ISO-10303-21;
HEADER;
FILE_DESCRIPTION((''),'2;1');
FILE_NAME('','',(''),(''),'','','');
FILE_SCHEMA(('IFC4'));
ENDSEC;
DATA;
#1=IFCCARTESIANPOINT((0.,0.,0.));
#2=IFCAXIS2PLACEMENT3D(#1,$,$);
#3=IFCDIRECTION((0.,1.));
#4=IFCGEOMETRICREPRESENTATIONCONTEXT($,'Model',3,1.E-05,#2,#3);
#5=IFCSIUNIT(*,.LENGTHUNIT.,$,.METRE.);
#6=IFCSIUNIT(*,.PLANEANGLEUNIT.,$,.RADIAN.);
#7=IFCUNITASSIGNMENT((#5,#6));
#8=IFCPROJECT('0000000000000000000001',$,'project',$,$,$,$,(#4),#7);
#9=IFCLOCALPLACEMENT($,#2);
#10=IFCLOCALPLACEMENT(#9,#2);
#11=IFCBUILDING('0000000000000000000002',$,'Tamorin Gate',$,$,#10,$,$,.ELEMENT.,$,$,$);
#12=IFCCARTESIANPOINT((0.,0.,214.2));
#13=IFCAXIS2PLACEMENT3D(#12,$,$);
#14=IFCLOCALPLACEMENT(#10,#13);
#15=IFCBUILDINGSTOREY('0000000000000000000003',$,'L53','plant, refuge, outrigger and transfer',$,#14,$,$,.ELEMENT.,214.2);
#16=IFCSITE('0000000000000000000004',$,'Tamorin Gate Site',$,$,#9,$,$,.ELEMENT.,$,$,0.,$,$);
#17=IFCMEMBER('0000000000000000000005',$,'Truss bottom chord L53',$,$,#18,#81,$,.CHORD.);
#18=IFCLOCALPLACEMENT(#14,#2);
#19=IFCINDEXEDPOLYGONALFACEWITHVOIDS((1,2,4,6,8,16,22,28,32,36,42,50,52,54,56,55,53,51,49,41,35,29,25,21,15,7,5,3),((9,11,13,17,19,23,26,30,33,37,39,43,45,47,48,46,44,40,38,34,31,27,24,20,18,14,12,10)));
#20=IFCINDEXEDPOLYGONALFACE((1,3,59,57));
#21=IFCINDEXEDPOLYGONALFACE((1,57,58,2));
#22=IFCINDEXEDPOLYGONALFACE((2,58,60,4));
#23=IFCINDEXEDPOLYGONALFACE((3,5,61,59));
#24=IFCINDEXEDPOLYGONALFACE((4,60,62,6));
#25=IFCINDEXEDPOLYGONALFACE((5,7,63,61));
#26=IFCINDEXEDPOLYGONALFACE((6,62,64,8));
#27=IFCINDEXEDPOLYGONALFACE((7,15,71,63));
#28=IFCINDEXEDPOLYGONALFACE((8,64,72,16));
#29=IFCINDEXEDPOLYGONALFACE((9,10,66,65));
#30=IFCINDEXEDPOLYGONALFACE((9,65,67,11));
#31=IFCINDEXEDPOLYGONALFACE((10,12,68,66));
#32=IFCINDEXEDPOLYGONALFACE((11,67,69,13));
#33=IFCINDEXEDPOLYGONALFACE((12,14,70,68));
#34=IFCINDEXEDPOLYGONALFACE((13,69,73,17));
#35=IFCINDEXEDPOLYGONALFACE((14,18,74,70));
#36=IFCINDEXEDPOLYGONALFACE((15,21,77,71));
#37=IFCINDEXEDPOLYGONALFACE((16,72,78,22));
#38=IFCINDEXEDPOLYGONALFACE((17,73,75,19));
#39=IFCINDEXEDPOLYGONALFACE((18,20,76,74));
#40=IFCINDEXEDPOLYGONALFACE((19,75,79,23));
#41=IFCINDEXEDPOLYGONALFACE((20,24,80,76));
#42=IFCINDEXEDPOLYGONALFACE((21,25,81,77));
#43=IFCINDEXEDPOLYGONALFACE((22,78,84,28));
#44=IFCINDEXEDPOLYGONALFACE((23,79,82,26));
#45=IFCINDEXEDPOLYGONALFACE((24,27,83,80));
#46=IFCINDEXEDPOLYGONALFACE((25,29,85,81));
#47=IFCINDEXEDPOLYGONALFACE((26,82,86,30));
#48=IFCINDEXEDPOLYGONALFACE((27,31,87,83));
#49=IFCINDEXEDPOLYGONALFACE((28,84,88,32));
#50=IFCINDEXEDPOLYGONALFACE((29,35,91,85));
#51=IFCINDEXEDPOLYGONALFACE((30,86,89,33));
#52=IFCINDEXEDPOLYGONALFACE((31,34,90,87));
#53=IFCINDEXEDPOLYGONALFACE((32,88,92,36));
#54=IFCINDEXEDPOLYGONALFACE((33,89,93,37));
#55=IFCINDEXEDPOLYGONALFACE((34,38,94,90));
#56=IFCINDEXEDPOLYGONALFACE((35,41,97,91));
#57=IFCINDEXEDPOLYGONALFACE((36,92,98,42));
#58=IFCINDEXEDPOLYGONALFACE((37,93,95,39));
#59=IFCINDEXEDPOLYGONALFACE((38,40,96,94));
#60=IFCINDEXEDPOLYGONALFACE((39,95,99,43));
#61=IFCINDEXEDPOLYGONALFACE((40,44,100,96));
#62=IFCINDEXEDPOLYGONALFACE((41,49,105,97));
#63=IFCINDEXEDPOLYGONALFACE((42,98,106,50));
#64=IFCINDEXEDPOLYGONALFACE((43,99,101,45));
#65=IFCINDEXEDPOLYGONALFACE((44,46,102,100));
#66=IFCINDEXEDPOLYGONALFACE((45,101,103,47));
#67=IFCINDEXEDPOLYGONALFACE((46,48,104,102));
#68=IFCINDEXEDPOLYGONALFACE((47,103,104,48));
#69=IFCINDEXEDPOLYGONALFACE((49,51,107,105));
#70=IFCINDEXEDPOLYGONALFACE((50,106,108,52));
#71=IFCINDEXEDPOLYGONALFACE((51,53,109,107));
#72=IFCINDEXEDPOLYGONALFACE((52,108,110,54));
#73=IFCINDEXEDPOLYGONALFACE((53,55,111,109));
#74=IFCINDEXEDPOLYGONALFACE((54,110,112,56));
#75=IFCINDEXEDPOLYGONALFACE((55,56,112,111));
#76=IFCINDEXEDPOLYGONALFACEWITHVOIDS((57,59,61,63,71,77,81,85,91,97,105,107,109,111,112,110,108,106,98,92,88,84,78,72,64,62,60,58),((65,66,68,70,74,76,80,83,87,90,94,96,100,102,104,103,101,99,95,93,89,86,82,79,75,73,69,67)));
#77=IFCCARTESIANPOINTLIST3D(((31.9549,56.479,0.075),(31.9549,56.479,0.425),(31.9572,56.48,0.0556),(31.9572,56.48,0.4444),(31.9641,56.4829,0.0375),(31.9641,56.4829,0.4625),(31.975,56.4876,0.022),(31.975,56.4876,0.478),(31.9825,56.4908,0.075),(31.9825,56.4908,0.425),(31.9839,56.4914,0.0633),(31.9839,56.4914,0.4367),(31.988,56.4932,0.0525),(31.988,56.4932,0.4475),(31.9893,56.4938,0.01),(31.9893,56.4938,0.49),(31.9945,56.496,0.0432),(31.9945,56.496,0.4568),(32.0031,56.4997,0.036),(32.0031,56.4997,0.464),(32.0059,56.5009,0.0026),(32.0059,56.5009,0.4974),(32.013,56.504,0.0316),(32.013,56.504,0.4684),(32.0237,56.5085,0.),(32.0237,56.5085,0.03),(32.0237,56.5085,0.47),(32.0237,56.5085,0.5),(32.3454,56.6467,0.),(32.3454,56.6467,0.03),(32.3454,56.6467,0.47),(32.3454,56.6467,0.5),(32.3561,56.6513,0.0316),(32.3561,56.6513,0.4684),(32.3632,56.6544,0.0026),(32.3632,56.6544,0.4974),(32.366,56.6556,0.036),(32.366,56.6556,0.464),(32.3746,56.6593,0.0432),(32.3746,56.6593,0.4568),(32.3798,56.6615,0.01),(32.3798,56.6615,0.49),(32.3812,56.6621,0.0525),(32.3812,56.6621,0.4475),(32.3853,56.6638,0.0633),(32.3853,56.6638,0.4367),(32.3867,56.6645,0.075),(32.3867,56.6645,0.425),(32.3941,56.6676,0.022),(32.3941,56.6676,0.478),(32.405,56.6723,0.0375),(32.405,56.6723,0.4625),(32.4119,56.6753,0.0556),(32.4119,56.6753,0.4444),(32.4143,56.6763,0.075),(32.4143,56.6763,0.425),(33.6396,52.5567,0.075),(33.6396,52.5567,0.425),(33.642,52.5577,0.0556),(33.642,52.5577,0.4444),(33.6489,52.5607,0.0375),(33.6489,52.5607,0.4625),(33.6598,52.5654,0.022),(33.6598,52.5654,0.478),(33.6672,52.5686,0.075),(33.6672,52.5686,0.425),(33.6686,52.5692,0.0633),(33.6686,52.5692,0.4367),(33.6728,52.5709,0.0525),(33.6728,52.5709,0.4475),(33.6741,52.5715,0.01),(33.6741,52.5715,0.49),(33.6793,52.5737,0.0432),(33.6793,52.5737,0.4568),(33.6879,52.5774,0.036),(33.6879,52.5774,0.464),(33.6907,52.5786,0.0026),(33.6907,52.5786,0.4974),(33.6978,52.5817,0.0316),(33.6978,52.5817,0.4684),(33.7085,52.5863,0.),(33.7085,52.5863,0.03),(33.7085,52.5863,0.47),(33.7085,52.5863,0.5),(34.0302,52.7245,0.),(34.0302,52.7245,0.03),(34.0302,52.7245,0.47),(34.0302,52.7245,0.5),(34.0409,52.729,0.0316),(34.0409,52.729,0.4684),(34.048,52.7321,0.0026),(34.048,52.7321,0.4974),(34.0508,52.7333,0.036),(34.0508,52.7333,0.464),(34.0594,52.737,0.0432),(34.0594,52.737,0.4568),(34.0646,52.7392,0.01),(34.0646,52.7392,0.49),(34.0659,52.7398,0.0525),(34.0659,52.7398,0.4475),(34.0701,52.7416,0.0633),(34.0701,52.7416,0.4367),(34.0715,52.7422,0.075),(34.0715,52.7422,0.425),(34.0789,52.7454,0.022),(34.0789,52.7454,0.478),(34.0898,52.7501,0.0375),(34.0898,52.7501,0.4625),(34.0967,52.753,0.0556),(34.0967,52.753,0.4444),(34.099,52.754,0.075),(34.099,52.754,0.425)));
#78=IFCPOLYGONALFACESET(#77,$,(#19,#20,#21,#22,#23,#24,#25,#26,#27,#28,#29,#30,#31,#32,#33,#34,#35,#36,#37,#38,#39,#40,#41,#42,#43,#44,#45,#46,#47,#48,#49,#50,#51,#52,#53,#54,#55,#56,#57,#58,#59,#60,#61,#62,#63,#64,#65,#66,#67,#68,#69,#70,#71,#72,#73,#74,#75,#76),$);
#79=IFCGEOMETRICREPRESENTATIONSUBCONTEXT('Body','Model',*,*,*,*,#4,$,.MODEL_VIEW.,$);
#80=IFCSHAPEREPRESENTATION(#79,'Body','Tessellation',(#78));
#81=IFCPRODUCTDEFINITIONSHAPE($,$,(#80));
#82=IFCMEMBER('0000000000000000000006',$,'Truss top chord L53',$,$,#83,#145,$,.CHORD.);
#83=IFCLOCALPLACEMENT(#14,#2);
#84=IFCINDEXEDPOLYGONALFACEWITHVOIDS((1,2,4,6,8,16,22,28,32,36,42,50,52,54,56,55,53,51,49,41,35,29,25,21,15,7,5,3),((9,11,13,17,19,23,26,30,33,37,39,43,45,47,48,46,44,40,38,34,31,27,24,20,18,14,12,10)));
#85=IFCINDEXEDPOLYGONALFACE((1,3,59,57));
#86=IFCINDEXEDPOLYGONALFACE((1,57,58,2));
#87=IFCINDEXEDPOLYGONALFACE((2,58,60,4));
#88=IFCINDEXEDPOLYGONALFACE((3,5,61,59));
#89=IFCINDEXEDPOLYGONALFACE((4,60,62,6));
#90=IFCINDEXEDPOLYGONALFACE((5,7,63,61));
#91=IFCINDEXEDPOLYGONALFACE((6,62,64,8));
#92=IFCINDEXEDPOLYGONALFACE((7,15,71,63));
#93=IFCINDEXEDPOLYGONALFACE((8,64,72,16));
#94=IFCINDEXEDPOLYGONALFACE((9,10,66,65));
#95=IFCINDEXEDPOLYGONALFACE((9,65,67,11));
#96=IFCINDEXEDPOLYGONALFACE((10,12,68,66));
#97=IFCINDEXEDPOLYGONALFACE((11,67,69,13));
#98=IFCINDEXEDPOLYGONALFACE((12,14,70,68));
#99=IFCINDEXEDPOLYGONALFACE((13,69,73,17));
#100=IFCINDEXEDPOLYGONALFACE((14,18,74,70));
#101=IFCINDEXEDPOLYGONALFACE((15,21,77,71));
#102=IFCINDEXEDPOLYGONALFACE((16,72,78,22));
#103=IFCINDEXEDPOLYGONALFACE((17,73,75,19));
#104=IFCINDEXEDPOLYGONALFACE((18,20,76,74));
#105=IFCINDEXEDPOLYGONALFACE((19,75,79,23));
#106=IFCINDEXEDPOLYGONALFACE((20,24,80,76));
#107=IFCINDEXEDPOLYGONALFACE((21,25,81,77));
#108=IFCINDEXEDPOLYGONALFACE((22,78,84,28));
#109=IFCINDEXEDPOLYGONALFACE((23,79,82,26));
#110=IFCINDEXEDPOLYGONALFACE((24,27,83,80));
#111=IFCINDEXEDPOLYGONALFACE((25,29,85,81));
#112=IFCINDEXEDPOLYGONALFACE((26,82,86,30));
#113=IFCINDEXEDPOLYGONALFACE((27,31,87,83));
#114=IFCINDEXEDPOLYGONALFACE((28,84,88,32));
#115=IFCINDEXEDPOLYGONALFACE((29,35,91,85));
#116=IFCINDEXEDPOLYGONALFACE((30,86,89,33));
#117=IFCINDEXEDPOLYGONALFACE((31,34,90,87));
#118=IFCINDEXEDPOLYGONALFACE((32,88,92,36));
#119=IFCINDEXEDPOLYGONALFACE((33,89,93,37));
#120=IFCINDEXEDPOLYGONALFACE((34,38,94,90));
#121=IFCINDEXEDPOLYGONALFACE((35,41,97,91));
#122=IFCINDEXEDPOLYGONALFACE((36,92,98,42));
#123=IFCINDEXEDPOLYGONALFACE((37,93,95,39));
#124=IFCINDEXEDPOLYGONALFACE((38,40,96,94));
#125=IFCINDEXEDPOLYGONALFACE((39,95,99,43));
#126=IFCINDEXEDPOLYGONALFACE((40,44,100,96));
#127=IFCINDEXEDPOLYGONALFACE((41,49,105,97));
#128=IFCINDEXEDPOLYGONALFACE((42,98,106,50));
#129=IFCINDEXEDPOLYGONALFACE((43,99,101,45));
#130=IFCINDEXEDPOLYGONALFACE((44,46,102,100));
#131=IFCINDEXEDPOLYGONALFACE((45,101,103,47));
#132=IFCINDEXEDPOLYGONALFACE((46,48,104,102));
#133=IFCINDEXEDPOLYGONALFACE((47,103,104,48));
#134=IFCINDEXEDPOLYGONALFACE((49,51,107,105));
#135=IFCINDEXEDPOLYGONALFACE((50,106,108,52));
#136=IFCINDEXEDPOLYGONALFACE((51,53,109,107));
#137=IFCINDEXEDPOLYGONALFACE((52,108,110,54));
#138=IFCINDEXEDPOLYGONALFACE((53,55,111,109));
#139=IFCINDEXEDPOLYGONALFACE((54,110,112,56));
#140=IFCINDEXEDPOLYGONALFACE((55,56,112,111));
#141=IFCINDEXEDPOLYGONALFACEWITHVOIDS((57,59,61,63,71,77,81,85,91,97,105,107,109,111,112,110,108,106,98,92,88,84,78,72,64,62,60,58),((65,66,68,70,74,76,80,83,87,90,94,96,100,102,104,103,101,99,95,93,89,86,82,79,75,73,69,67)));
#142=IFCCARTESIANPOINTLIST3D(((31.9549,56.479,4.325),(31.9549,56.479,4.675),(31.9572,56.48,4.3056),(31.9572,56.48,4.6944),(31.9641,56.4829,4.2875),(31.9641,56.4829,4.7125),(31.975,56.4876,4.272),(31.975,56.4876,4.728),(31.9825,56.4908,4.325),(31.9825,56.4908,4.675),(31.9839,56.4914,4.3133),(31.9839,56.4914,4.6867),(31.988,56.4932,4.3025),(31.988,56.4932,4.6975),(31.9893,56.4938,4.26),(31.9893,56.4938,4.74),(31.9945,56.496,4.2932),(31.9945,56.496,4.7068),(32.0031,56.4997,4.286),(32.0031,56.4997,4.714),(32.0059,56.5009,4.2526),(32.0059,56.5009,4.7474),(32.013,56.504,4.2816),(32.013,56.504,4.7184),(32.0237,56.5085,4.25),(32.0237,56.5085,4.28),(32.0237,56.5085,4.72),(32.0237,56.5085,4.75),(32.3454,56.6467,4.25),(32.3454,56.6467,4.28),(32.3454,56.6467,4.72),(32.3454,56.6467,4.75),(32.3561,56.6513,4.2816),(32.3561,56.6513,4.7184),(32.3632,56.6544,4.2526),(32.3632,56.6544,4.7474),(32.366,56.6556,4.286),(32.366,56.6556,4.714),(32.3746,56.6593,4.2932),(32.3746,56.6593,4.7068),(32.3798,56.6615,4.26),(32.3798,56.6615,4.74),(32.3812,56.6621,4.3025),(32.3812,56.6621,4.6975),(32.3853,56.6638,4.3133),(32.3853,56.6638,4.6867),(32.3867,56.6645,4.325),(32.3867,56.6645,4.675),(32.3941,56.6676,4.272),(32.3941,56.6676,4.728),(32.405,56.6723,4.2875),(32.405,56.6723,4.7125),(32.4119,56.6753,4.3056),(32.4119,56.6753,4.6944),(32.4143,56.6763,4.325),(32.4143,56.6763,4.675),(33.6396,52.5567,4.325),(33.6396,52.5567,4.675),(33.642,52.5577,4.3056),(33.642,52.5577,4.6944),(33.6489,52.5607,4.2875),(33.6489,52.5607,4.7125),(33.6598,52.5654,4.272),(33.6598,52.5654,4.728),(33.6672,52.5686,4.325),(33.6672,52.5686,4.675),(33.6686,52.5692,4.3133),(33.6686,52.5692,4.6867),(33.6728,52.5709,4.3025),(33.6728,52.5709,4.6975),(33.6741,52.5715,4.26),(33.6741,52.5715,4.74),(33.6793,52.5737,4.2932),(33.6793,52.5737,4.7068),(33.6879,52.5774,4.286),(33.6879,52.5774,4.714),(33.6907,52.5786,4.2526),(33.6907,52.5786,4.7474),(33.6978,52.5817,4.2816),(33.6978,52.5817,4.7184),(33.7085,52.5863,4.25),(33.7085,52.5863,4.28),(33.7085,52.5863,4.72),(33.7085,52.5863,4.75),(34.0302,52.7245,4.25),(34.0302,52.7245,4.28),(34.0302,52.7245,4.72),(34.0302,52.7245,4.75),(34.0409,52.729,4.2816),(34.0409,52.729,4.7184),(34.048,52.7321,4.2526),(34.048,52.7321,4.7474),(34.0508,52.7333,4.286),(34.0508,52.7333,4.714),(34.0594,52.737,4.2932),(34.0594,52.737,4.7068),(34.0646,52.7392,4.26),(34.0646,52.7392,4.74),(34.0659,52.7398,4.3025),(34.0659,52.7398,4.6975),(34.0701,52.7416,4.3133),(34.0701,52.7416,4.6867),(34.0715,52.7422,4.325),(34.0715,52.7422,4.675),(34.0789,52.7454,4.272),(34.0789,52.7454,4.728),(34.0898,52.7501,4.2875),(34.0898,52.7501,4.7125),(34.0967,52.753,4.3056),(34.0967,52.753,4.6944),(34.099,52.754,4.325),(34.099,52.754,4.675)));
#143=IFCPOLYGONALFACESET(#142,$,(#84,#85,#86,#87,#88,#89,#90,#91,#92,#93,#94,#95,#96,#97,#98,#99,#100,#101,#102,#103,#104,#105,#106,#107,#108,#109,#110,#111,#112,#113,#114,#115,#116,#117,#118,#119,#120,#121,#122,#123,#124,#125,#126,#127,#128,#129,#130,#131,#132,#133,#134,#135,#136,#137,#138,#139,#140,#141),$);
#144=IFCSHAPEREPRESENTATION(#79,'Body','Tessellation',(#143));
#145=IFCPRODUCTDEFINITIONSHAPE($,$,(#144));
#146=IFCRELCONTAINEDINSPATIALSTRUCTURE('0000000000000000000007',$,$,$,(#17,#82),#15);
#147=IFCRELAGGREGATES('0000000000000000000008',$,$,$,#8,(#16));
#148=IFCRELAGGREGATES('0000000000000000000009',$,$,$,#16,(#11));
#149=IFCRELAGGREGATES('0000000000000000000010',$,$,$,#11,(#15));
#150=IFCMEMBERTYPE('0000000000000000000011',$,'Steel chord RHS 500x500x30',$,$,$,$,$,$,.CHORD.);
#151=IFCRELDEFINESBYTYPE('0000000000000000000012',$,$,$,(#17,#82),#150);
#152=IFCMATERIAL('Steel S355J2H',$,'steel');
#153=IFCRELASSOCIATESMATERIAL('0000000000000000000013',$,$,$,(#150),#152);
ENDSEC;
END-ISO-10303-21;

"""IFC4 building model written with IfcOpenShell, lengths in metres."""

from ifc_helpers import new_model, si_unit, direction, frame, origin, origin_2d, place, context, subcontext, project, spatial, hollow_rectangle, extrude, material, material_profile, profile_set, type_object, element, save


model = new_model("IFC4")

# Units and contexts
model_context = context("Model", 3, precision=1e-05, world=origin(), true_north=direction((0.0, 1.0)))
body_context = subcontext(model_context, "Body", "Model", "MODEL_VIEW")
ifc_project = project(units=[si_unit("LENGTHUNIT", "METRE"), si_unit("PLANEANGLEUNIT", "RADIAN")], contexts=[model_context])

# Site, building, storey
site_placement = place(None, origin())
site = spatial("IfcSite", under=ifc_project, at=site_placement, Name="Tamorin Gate Site", CompositionType="ELEMENT", RefElevation=0.0)
building_placement = place(site_placement, origin())
building = spatial("IfcBuilding", under=site, at=building_placement, Name="Tamorin Gate", CompositionType="ELEMENT")
storey_placement = place(building_placement, frame((0.0, 0.0, 214.2)))
storey = spatial("IfcBuildingStorey", under=building, at=storey_placement, Name="L53", Description="plant, refuge, outrigger and transfer", CompositionType="ELEMENT", Elevation=214.2)

# Members
ifc_material_1 = material(Name="Steel S355J2H", Category="steel")
ifc_material_profile_1 = material_profile(ifc_material_1, hollow_rectangle(XDim=0.5, YDim=0.5, WallThickness=0.03, InnerFilletRadius=0.0449, OuterFilletRadius=0.075, at=origin_2d()), Name="RHS 500x500x30")
ifc_profile_set_1 = profile_set([ifc_material_profile_1], Name="Steel S355J2H")
member_type_1 = type_object("IfcMemberType", Name="Steel chord RHS 500x500x30", PredefinedType="CHORD", material=ifc_profile_set_1)
for number, where, z_axis, x_axis, name in (
    (1, (32.1846, 56.5776, 0.25), (0.394672, -0.918822, 0.0), (0.918822, 0.394672, 0.0), "Truss bottom chord L53"),
    (2, (32.1846, 56.5776, 4.5), (0.394672, -0.918822, 0.0), (0.918822, 0.394672, 0.0), "Truss top chord L53"),
):
    element("IfcMember", number, at=place(storey_placement, frame(where, z_axis=z_axis, x_axis=x_axis)), inside=storey, type_object=member_type_1, Name=name, PredefinedType="CHORD", context=body_context, shape_type="SweptSolid", body=[
        extrude(hollow_rectangle(XDim=0.5, YDim=0.5, WallThickness=0.03, InnerFilletRadius=0.0449, OuterFilletRadius=0.075, at=origin_2d()), origin(), (0.0, 0.0, 1.0), 4.2688),
    ])

save(model, "model.ifc")
